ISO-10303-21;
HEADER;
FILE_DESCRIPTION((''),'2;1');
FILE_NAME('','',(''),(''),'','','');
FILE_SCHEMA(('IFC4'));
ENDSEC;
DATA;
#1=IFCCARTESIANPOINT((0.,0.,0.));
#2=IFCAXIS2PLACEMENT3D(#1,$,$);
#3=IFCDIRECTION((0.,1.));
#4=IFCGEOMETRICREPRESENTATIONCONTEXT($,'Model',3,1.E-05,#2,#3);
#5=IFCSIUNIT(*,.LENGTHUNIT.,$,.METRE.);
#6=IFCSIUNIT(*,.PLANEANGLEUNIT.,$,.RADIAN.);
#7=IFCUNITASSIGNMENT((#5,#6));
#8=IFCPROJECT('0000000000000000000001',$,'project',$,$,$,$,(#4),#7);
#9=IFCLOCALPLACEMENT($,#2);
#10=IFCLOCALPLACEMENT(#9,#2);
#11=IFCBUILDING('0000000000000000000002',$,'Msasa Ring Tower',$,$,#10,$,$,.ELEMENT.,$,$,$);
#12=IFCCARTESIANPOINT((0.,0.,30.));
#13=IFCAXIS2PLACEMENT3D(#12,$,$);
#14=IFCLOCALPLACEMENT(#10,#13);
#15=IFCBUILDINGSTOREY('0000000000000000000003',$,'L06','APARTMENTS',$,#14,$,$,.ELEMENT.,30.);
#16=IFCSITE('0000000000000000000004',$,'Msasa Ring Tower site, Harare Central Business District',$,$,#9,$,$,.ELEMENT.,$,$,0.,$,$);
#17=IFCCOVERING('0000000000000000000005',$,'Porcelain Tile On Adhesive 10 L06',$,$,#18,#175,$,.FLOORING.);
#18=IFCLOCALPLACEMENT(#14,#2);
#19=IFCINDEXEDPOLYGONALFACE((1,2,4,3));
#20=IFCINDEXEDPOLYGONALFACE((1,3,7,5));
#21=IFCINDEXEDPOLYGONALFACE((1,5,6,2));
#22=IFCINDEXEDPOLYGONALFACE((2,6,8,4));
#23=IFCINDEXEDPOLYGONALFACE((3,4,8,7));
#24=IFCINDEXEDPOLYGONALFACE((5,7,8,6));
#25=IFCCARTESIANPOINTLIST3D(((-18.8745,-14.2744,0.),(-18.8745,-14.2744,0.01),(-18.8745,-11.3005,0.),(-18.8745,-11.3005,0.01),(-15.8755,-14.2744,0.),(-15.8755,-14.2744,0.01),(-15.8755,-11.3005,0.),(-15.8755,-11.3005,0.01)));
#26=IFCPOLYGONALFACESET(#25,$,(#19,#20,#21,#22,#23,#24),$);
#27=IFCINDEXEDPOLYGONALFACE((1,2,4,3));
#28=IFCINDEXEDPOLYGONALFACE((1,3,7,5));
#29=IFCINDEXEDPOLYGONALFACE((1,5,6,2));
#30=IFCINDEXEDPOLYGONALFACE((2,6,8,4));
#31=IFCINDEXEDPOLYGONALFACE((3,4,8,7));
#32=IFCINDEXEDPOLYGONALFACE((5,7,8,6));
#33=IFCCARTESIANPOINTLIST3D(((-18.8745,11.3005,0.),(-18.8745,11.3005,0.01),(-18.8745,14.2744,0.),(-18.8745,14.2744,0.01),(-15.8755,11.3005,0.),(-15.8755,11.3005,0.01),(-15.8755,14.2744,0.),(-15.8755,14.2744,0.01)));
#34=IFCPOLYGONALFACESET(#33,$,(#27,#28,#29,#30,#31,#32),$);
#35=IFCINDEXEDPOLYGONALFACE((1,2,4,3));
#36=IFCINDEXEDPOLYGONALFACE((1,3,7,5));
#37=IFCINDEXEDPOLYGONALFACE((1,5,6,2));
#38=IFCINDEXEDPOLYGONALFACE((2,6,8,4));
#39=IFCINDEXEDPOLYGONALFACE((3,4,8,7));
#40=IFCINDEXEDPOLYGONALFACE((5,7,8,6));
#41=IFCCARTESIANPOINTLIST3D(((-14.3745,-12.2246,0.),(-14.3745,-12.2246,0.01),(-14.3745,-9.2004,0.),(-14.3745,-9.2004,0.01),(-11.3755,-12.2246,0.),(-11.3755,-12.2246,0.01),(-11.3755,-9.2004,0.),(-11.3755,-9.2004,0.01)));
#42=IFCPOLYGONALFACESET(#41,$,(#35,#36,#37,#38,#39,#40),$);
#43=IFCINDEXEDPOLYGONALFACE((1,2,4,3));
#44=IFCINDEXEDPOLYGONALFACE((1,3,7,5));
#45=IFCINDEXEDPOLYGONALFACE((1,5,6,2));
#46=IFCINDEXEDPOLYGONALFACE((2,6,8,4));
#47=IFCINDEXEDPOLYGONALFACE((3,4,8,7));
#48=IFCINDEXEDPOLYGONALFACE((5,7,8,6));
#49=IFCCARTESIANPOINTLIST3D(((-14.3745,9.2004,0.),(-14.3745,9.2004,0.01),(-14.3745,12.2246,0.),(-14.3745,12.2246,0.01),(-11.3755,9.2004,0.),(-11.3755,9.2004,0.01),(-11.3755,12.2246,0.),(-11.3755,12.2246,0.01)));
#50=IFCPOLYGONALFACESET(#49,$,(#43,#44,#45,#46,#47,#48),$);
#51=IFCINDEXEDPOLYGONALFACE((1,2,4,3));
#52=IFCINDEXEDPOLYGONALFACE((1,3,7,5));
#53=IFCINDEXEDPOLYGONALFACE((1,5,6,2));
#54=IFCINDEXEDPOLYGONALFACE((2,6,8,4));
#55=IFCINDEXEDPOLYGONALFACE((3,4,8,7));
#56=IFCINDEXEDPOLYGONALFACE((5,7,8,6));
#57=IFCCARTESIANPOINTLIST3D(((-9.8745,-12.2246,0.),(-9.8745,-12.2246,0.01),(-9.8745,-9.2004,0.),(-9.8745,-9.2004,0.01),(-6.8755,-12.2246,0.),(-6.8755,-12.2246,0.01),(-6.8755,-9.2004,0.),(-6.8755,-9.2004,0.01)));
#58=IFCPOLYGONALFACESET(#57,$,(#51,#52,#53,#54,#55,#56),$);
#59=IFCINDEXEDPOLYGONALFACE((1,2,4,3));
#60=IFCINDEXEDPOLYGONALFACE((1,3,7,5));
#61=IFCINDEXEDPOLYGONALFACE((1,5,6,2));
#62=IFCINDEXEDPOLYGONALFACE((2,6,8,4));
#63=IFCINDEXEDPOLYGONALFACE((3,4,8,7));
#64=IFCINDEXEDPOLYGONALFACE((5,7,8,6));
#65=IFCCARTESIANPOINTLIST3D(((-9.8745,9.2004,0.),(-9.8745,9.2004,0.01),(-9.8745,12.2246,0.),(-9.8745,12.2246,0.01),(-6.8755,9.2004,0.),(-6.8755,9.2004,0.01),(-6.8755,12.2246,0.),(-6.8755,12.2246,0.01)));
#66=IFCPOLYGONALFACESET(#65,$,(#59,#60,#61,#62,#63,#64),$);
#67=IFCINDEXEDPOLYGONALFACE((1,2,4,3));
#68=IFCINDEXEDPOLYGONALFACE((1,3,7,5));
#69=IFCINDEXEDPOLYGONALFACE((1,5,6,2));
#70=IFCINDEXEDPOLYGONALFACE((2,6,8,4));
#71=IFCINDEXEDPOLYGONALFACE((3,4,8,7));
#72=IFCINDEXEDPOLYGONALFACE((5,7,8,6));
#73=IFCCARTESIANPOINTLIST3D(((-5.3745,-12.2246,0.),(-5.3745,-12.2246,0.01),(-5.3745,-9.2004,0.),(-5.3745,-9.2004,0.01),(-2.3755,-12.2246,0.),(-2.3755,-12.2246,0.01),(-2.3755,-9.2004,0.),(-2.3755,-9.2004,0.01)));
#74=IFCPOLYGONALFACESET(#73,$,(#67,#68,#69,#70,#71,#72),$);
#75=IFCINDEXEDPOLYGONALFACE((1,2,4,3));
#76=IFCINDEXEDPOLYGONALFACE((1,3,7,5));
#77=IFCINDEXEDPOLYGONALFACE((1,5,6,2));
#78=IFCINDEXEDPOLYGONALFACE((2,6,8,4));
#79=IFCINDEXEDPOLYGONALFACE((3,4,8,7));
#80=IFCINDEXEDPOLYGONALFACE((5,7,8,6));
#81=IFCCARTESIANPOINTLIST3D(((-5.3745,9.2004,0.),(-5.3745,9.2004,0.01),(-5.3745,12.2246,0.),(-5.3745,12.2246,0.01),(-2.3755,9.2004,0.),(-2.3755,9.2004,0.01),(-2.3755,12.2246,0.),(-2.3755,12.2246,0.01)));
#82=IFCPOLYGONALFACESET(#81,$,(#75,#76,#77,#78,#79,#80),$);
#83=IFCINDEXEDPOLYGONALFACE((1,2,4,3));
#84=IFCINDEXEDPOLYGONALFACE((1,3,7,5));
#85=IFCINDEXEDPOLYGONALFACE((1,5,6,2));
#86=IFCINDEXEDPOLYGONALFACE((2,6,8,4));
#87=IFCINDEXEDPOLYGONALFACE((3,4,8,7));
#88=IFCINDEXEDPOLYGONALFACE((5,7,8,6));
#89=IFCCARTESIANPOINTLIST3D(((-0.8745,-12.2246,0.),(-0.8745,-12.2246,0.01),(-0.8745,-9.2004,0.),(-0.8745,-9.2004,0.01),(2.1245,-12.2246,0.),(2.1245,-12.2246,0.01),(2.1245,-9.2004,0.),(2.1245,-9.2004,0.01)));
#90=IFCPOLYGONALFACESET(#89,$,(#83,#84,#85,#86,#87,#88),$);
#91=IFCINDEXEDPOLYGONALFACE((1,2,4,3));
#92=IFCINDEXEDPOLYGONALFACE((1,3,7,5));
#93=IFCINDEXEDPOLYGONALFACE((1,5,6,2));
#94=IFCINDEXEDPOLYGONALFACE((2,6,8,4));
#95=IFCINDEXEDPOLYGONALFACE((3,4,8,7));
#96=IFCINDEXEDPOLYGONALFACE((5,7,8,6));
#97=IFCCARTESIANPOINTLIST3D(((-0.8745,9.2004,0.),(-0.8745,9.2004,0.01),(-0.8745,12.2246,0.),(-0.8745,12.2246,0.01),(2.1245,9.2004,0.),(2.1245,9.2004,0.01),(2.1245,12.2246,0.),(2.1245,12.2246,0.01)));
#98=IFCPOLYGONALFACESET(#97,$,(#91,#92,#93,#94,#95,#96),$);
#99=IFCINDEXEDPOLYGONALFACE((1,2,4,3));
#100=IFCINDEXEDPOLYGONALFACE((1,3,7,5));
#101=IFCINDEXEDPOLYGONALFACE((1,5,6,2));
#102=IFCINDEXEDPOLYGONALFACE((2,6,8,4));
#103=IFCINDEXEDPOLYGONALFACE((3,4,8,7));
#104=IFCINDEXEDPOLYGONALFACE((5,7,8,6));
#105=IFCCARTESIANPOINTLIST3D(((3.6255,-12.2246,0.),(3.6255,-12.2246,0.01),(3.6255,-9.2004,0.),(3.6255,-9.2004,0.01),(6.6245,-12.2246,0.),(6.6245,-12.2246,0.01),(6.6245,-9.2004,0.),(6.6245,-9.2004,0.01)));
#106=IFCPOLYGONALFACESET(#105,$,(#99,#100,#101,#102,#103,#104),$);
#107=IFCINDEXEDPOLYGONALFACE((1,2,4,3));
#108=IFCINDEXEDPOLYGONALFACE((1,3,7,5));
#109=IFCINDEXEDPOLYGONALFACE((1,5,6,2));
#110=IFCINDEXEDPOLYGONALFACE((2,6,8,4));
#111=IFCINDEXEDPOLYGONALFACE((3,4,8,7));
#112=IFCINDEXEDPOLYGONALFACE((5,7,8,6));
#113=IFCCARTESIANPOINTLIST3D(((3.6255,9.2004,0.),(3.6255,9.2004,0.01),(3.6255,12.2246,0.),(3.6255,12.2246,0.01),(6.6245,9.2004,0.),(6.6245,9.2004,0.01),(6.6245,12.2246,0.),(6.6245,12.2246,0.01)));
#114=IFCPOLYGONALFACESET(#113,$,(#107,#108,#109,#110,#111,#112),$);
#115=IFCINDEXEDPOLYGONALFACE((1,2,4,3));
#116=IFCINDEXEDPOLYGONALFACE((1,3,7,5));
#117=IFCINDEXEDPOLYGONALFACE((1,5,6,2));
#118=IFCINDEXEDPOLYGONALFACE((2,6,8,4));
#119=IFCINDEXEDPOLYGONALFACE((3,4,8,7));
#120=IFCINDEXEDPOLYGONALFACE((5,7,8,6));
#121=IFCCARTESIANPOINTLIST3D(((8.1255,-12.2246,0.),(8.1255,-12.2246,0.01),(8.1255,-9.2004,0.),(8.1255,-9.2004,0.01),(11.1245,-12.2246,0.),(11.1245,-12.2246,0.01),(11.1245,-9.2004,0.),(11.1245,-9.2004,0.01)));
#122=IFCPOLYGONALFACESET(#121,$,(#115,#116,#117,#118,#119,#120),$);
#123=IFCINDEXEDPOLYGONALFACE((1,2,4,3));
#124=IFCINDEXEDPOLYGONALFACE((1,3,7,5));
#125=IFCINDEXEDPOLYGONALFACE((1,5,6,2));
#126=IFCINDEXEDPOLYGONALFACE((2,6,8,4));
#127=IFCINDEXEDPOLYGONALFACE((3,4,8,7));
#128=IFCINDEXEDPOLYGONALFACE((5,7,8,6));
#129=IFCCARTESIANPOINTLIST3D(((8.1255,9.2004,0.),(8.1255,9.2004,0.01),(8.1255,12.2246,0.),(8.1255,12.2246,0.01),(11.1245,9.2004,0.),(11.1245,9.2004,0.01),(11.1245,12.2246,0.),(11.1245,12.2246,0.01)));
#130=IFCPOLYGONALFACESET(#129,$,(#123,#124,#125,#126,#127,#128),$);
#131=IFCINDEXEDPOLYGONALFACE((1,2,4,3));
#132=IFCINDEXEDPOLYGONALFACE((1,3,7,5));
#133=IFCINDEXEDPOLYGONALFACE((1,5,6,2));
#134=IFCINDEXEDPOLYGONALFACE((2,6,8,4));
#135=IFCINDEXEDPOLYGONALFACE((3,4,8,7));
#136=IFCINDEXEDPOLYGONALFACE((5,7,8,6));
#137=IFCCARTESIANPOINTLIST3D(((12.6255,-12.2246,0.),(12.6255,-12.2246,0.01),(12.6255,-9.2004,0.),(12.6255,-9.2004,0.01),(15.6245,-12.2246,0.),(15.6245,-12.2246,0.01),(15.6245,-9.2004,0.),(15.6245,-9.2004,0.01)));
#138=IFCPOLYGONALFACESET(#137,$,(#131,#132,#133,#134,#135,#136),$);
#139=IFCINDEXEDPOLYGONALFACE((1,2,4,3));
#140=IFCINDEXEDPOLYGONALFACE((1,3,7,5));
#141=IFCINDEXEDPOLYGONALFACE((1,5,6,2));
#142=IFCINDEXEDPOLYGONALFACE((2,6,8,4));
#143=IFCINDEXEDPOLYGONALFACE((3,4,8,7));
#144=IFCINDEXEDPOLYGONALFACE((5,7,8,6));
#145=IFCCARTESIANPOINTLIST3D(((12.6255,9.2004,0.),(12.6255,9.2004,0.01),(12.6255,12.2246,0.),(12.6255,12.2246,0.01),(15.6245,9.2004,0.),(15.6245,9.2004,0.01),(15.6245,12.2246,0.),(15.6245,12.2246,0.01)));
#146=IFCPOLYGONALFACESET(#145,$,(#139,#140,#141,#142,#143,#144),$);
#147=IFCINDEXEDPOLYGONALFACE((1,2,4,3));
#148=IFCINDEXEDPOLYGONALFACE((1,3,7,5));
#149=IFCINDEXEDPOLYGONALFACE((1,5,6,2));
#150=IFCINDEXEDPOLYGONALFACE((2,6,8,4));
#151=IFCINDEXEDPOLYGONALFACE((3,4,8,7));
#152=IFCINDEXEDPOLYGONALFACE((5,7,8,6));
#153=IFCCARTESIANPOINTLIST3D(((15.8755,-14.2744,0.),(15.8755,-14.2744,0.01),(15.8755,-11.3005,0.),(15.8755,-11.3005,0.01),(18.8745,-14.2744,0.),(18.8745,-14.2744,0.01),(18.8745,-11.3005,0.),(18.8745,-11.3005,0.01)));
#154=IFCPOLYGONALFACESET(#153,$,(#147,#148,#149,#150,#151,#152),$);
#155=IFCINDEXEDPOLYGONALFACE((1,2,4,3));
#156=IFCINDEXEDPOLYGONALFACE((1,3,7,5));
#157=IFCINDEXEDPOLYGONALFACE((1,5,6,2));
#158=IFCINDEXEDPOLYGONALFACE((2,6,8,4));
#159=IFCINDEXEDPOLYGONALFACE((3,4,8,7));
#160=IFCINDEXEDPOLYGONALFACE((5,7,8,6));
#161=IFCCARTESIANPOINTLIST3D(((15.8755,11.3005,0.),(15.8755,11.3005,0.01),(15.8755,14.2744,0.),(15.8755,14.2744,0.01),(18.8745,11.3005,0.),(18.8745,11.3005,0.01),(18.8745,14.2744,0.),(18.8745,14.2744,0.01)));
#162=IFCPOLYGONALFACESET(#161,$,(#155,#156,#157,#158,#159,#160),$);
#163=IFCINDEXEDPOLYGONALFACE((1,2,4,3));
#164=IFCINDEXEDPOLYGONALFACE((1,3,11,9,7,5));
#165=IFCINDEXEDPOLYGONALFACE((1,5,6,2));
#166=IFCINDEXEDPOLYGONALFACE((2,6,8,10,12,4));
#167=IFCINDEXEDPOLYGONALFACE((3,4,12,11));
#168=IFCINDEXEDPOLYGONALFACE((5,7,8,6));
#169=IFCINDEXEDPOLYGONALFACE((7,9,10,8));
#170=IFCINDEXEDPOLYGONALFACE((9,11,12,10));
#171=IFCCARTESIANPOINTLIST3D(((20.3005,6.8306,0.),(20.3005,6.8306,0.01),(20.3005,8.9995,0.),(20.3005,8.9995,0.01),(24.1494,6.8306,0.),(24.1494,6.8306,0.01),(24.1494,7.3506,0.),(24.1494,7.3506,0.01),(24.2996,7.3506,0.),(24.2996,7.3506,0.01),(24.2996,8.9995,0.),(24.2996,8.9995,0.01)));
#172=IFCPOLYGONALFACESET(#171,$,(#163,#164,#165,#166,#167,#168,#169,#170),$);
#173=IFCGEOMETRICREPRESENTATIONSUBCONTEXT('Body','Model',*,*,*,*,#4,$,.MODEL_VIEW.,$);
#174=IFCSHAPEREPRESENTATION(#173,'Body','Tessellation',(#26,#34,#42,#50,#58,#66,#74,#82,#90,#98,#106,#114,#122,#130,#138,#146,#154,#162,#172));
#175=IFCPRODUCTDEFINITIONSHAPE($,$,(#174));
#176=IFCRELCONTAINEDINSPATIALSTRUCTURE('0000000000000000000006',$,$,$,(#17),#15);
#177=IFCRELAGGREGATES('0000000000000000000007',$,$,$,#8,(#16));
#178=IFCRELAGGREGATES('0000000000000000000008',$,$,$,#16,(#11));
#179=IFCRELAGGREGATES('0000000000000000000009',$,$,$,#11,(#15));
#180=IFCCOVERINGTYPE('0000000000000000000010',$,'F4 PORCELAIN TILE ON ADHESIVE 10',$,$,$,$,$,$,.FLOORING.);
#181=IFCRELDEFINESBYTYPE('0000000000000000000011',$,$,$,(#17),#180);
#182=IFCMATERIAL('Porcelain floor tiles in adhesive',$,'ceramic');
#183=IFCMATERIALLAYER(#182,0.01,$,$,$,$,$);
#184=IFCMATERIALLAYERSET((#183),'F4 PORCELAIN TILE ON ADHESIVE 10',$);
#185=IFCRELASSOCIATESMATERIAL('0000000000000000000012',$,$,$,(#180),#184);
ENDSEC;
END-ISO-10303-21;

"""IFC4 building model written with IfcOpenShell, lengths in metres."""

from ifc_helpers import new_model, si_unit, direction, frame, origin, place, context, subcontext, project, spatial, line, indexed_curve, outline, extrude, material, layer, layer_set, type_object, element, save


model = new_model("IFC4")

# Units and contexts
model_context = context("Model", 3, precision=1e-05, world=origin(), true_north=direction((0.0, 1.0)))
body_context = subcontext(model_context, "Body", "Model", "MODEL_VIEW")
ifc_project = project(units=[si_unit("LENGTHUNIT", "METRE"), si_unit("PLANEANGLEUNIT", "RADIAN")], contexts=[model_context])

# Site, building, storey
site_placement = place(None, origin())
site = spatial("IfcSite", under=ifc_project, at=site_placement, Name="Msasa Ring Tower site, Harare Central Business District", CompositionType="ELEMENT", RefElevation=0.0)
building_placement = place(site_placement, origin())
building = spatial("IfcBuilding", under=site, at=building_placement, Name="Msasa Ring Tower", CompositionType="ELEMENT")
storey_placement = place(building_placement, frame((0.0, 0.0, 30.0)))
storey = spatial("IfcBuildingStorey", under=building, at=storey_placement, Name="L06", Description="APARTMENTS", CompositionType="ELEMENT", Elevation=30.0)

# Covering
ifc_material_1 = material(Name="Porcelain floor tiles in adhesive", Category="ceramic")
ifc_layer_1 = layer(ifc_material_1, 0.01)
ifc_layer_set_1 = layer_set([ifc_layer_1], Name="F4 PORCELAIN TILE ON ADHESIVE 10")
covering_type_1 = type_object("IfcCoveringType", Name="F4 PORCELAIN TILE ON ADHESIVE 10", PredefinedType="FLOORING", material=ifc_layer_set_1)
covering_1_placement = place(storey_placement, origin())
element("IfcCovering", 1, at=covering_1_placement, inside=storey, type_object=covering_type_1, Name="Porcelain Tile On Adhesive 10 L06", PredefinedType="FLOORING", context=body_context, shape_type="SweptSolid", body=[
    extrude(outline(indexed_curve([(-15.8755, -11.3005), (-15.8755, -14.2744), (-18.8745, -14.2744), (-18.8745, -11.3005)], segments=[line(1, 2, 3, 4, 1)], self_intersect=False)), origin(), (0.0, 0.0, 1.0), 0.01),
    extrude(outline(indexed_curve([(-18.8745, 11.3005), (-18.8745, 14.2744), (-15.8755, 14.2744), (-15.8755, 11.3005)], segments=[line(1, 2, 3, 4, 1)], self_intersect=False)), origin(), (0.0, 0.0, 1.0), 0.01),
    extrude(outline(indexed_curve([(-11.3755, -9.2004), (-11.3755, -12.2246), (-14.3745, -12.2246), (-14.3745, -9.2004)], segments=[line(1, 2, 3, 4, 1)], self_intersect=False)), origin(), (0.0, 0.0, 1.0), 0.01),
    extrude(outline(indexed_curve([(-14.3745, 9.2004), (-14.3745, 12.2246), (-11.3755, 12.2246), (-11.3755, 9.2004)], segments=[line(1, 2, 3, 4, 1)], self_intersect=False)), origin(), (0.0, 0.0, 1.0), 0.01),
    extrude(outline(indexed_curve([(-6.8755, -9.2004), (-6.8755, -12.2246), (-9.8745, -12.2246), (-9.8745, -9.2004)], segments=[line(1, 2, 3, 4, 1)], self_intersect=False)), origin(), (0.0, 0.0, 1.0), 0.01),
    extrude(outline(indexed_curve([(-9.8745, 9.2004), (-9.8745, 12.2246), (-6.8755, 12.2246), (-6.8755, 9.2004)], segments=[line(1, 2, 3, 4, 1)], self_intersect=False)), origin(), (0.0, 0.0, 1.0), 0.01),
    extrude(outline(indexed_curve([(-2.3755, -9.2004), (-2.3755, -12.2246), (-5.3745, -12.2246), (-5.3745, -9.2004)], segments=[line(1, 2, 3, 4, 1)], self_intersect=False)), origin(), (0.0, 0.0, 1.0), 0.01),
    extrude(outline(indexed_curve([(-5.3745, 9.2004), (-5.3745, 12.2246), (-2.3755, 12.2246), (-2.3755, 9.2004)], segments=[line(1, 2, 3, 4, 1)], self_intersect=False)), origin(), (0.0, 0.0, 1.0), 0.01),
    extrude(outline(indexed_curve([(2.1245, -9.2004), (2.1245, -12.2246), (-0.8745, -12.2246), (-0.8745, -9.2004)], segments=[line(1, 2, 3, 4, 1)], self_intersect=False)), origin(), (0.0, 0.0, 1.0), 0.01),
    extrude(outline(indexed_curve([(-0.8745, 9.2004), (-0.8745, 12.2246), (2.1245, 12.2246), (2.1245, 9.2004)], segments=[line(1, 2, 3, 4, 1)], self_intersect=False)), origin(), (0.0, 0.0, 1.0), 0.01),
    extrude(outline(indexed_curve([(6.6245, -9.2004), (6.6245, -12.2246), (3.6255, -12.2246), (3.6255, -9.2004)], segments=[line(1, 2, 3, 4, 1)], self_intersect=False)), origin(), (0.0, 0.0, 1.0), 0.01),
    extrude(outline(indexed_curve([(3.6255, 9.2004), (3.6255, 12.2246), (6.6245, 12.2246), (6.6245, 9.2004)], segments=[line(1, 2, 3, 4, 1)], self_intersect=False)), origin(), (0.0, 0.0, 1.0), 0.01),
    extrude(outline(indexed_curve([(11.1245, -9.2004), (11.1245, -12.2246), (8.1255, -12.2246), (8.1255, -9.2004)], segments=[line(1, 2, 3, 4, 1)], self_intersect=False)), origin(), (0.0, 0.0, 1.0), 0.01),
    extrude(outline(indexed_curve([(8.1255, 9.2004), (8.1255, 12.2246), (11.1245, 12.2246), (11.1245, 9.2004)], segments=[line(1, 2, 3, 4, 1)], self_intersect=False)), origin(), (0.0, 0.0, 1.0), 0.01),
    extrude(outline(indexed_curve([(15.6245, -9.2004), (15.6245, -12.2246), (12.6255, -12.2246), (12.6255, -9.2004)], segments=[line(1, 2, 3, 4, 1)], self_intersect=False)), origin(), (0.0, 0.0, 1.0), 0.01),
    extrude(outline(indexed_curve([(12.6255, 9.2004), (12.6255, 12.2246), (15.6245, 12.2246), (15.6245, 9.2004)], segments=[line(1, 2, 3, 4, 1)], self_intersect=False)), origin(), (0.0, 0.0, 1.0), 0.01),
    extrude(outline(indexed_curve([(18.8745, -11.3005), (18.8745, -14.2744), (15.8755, -14.2744), (15.8755, -11.3005)], segments=[line(1, 2, 3, 4, 1)], self_intersect=False)), origin(), (0.0, 0.0, 1.0), 0.01),
    extrude(outline(indexed_curve([(15.8755, 11.3005), (15.8755, 14.2744), (18.8745, 14.2744), (18.8745, 11.3005)], segments=[line(1, 2, 3, 4, 1)], self_intersect=False)), origin(), (0.0, 0.0, 1.0), 0.01),
    extrude(outline(indexed_curve([(20.3005, 8.9995), (24.2996, 8.9995), (24.2996, 7.3506), (24.1494, 7.3506), (24.1494, 6.8306), (20.3005, 6.8306)], segments=[line(1, 2, 3, 4, 5, 6, 1)], self_intersect=False)), origin(), (0.0, 0.0, 1.0), 0.01),
])

save(model, "model.ifc")
